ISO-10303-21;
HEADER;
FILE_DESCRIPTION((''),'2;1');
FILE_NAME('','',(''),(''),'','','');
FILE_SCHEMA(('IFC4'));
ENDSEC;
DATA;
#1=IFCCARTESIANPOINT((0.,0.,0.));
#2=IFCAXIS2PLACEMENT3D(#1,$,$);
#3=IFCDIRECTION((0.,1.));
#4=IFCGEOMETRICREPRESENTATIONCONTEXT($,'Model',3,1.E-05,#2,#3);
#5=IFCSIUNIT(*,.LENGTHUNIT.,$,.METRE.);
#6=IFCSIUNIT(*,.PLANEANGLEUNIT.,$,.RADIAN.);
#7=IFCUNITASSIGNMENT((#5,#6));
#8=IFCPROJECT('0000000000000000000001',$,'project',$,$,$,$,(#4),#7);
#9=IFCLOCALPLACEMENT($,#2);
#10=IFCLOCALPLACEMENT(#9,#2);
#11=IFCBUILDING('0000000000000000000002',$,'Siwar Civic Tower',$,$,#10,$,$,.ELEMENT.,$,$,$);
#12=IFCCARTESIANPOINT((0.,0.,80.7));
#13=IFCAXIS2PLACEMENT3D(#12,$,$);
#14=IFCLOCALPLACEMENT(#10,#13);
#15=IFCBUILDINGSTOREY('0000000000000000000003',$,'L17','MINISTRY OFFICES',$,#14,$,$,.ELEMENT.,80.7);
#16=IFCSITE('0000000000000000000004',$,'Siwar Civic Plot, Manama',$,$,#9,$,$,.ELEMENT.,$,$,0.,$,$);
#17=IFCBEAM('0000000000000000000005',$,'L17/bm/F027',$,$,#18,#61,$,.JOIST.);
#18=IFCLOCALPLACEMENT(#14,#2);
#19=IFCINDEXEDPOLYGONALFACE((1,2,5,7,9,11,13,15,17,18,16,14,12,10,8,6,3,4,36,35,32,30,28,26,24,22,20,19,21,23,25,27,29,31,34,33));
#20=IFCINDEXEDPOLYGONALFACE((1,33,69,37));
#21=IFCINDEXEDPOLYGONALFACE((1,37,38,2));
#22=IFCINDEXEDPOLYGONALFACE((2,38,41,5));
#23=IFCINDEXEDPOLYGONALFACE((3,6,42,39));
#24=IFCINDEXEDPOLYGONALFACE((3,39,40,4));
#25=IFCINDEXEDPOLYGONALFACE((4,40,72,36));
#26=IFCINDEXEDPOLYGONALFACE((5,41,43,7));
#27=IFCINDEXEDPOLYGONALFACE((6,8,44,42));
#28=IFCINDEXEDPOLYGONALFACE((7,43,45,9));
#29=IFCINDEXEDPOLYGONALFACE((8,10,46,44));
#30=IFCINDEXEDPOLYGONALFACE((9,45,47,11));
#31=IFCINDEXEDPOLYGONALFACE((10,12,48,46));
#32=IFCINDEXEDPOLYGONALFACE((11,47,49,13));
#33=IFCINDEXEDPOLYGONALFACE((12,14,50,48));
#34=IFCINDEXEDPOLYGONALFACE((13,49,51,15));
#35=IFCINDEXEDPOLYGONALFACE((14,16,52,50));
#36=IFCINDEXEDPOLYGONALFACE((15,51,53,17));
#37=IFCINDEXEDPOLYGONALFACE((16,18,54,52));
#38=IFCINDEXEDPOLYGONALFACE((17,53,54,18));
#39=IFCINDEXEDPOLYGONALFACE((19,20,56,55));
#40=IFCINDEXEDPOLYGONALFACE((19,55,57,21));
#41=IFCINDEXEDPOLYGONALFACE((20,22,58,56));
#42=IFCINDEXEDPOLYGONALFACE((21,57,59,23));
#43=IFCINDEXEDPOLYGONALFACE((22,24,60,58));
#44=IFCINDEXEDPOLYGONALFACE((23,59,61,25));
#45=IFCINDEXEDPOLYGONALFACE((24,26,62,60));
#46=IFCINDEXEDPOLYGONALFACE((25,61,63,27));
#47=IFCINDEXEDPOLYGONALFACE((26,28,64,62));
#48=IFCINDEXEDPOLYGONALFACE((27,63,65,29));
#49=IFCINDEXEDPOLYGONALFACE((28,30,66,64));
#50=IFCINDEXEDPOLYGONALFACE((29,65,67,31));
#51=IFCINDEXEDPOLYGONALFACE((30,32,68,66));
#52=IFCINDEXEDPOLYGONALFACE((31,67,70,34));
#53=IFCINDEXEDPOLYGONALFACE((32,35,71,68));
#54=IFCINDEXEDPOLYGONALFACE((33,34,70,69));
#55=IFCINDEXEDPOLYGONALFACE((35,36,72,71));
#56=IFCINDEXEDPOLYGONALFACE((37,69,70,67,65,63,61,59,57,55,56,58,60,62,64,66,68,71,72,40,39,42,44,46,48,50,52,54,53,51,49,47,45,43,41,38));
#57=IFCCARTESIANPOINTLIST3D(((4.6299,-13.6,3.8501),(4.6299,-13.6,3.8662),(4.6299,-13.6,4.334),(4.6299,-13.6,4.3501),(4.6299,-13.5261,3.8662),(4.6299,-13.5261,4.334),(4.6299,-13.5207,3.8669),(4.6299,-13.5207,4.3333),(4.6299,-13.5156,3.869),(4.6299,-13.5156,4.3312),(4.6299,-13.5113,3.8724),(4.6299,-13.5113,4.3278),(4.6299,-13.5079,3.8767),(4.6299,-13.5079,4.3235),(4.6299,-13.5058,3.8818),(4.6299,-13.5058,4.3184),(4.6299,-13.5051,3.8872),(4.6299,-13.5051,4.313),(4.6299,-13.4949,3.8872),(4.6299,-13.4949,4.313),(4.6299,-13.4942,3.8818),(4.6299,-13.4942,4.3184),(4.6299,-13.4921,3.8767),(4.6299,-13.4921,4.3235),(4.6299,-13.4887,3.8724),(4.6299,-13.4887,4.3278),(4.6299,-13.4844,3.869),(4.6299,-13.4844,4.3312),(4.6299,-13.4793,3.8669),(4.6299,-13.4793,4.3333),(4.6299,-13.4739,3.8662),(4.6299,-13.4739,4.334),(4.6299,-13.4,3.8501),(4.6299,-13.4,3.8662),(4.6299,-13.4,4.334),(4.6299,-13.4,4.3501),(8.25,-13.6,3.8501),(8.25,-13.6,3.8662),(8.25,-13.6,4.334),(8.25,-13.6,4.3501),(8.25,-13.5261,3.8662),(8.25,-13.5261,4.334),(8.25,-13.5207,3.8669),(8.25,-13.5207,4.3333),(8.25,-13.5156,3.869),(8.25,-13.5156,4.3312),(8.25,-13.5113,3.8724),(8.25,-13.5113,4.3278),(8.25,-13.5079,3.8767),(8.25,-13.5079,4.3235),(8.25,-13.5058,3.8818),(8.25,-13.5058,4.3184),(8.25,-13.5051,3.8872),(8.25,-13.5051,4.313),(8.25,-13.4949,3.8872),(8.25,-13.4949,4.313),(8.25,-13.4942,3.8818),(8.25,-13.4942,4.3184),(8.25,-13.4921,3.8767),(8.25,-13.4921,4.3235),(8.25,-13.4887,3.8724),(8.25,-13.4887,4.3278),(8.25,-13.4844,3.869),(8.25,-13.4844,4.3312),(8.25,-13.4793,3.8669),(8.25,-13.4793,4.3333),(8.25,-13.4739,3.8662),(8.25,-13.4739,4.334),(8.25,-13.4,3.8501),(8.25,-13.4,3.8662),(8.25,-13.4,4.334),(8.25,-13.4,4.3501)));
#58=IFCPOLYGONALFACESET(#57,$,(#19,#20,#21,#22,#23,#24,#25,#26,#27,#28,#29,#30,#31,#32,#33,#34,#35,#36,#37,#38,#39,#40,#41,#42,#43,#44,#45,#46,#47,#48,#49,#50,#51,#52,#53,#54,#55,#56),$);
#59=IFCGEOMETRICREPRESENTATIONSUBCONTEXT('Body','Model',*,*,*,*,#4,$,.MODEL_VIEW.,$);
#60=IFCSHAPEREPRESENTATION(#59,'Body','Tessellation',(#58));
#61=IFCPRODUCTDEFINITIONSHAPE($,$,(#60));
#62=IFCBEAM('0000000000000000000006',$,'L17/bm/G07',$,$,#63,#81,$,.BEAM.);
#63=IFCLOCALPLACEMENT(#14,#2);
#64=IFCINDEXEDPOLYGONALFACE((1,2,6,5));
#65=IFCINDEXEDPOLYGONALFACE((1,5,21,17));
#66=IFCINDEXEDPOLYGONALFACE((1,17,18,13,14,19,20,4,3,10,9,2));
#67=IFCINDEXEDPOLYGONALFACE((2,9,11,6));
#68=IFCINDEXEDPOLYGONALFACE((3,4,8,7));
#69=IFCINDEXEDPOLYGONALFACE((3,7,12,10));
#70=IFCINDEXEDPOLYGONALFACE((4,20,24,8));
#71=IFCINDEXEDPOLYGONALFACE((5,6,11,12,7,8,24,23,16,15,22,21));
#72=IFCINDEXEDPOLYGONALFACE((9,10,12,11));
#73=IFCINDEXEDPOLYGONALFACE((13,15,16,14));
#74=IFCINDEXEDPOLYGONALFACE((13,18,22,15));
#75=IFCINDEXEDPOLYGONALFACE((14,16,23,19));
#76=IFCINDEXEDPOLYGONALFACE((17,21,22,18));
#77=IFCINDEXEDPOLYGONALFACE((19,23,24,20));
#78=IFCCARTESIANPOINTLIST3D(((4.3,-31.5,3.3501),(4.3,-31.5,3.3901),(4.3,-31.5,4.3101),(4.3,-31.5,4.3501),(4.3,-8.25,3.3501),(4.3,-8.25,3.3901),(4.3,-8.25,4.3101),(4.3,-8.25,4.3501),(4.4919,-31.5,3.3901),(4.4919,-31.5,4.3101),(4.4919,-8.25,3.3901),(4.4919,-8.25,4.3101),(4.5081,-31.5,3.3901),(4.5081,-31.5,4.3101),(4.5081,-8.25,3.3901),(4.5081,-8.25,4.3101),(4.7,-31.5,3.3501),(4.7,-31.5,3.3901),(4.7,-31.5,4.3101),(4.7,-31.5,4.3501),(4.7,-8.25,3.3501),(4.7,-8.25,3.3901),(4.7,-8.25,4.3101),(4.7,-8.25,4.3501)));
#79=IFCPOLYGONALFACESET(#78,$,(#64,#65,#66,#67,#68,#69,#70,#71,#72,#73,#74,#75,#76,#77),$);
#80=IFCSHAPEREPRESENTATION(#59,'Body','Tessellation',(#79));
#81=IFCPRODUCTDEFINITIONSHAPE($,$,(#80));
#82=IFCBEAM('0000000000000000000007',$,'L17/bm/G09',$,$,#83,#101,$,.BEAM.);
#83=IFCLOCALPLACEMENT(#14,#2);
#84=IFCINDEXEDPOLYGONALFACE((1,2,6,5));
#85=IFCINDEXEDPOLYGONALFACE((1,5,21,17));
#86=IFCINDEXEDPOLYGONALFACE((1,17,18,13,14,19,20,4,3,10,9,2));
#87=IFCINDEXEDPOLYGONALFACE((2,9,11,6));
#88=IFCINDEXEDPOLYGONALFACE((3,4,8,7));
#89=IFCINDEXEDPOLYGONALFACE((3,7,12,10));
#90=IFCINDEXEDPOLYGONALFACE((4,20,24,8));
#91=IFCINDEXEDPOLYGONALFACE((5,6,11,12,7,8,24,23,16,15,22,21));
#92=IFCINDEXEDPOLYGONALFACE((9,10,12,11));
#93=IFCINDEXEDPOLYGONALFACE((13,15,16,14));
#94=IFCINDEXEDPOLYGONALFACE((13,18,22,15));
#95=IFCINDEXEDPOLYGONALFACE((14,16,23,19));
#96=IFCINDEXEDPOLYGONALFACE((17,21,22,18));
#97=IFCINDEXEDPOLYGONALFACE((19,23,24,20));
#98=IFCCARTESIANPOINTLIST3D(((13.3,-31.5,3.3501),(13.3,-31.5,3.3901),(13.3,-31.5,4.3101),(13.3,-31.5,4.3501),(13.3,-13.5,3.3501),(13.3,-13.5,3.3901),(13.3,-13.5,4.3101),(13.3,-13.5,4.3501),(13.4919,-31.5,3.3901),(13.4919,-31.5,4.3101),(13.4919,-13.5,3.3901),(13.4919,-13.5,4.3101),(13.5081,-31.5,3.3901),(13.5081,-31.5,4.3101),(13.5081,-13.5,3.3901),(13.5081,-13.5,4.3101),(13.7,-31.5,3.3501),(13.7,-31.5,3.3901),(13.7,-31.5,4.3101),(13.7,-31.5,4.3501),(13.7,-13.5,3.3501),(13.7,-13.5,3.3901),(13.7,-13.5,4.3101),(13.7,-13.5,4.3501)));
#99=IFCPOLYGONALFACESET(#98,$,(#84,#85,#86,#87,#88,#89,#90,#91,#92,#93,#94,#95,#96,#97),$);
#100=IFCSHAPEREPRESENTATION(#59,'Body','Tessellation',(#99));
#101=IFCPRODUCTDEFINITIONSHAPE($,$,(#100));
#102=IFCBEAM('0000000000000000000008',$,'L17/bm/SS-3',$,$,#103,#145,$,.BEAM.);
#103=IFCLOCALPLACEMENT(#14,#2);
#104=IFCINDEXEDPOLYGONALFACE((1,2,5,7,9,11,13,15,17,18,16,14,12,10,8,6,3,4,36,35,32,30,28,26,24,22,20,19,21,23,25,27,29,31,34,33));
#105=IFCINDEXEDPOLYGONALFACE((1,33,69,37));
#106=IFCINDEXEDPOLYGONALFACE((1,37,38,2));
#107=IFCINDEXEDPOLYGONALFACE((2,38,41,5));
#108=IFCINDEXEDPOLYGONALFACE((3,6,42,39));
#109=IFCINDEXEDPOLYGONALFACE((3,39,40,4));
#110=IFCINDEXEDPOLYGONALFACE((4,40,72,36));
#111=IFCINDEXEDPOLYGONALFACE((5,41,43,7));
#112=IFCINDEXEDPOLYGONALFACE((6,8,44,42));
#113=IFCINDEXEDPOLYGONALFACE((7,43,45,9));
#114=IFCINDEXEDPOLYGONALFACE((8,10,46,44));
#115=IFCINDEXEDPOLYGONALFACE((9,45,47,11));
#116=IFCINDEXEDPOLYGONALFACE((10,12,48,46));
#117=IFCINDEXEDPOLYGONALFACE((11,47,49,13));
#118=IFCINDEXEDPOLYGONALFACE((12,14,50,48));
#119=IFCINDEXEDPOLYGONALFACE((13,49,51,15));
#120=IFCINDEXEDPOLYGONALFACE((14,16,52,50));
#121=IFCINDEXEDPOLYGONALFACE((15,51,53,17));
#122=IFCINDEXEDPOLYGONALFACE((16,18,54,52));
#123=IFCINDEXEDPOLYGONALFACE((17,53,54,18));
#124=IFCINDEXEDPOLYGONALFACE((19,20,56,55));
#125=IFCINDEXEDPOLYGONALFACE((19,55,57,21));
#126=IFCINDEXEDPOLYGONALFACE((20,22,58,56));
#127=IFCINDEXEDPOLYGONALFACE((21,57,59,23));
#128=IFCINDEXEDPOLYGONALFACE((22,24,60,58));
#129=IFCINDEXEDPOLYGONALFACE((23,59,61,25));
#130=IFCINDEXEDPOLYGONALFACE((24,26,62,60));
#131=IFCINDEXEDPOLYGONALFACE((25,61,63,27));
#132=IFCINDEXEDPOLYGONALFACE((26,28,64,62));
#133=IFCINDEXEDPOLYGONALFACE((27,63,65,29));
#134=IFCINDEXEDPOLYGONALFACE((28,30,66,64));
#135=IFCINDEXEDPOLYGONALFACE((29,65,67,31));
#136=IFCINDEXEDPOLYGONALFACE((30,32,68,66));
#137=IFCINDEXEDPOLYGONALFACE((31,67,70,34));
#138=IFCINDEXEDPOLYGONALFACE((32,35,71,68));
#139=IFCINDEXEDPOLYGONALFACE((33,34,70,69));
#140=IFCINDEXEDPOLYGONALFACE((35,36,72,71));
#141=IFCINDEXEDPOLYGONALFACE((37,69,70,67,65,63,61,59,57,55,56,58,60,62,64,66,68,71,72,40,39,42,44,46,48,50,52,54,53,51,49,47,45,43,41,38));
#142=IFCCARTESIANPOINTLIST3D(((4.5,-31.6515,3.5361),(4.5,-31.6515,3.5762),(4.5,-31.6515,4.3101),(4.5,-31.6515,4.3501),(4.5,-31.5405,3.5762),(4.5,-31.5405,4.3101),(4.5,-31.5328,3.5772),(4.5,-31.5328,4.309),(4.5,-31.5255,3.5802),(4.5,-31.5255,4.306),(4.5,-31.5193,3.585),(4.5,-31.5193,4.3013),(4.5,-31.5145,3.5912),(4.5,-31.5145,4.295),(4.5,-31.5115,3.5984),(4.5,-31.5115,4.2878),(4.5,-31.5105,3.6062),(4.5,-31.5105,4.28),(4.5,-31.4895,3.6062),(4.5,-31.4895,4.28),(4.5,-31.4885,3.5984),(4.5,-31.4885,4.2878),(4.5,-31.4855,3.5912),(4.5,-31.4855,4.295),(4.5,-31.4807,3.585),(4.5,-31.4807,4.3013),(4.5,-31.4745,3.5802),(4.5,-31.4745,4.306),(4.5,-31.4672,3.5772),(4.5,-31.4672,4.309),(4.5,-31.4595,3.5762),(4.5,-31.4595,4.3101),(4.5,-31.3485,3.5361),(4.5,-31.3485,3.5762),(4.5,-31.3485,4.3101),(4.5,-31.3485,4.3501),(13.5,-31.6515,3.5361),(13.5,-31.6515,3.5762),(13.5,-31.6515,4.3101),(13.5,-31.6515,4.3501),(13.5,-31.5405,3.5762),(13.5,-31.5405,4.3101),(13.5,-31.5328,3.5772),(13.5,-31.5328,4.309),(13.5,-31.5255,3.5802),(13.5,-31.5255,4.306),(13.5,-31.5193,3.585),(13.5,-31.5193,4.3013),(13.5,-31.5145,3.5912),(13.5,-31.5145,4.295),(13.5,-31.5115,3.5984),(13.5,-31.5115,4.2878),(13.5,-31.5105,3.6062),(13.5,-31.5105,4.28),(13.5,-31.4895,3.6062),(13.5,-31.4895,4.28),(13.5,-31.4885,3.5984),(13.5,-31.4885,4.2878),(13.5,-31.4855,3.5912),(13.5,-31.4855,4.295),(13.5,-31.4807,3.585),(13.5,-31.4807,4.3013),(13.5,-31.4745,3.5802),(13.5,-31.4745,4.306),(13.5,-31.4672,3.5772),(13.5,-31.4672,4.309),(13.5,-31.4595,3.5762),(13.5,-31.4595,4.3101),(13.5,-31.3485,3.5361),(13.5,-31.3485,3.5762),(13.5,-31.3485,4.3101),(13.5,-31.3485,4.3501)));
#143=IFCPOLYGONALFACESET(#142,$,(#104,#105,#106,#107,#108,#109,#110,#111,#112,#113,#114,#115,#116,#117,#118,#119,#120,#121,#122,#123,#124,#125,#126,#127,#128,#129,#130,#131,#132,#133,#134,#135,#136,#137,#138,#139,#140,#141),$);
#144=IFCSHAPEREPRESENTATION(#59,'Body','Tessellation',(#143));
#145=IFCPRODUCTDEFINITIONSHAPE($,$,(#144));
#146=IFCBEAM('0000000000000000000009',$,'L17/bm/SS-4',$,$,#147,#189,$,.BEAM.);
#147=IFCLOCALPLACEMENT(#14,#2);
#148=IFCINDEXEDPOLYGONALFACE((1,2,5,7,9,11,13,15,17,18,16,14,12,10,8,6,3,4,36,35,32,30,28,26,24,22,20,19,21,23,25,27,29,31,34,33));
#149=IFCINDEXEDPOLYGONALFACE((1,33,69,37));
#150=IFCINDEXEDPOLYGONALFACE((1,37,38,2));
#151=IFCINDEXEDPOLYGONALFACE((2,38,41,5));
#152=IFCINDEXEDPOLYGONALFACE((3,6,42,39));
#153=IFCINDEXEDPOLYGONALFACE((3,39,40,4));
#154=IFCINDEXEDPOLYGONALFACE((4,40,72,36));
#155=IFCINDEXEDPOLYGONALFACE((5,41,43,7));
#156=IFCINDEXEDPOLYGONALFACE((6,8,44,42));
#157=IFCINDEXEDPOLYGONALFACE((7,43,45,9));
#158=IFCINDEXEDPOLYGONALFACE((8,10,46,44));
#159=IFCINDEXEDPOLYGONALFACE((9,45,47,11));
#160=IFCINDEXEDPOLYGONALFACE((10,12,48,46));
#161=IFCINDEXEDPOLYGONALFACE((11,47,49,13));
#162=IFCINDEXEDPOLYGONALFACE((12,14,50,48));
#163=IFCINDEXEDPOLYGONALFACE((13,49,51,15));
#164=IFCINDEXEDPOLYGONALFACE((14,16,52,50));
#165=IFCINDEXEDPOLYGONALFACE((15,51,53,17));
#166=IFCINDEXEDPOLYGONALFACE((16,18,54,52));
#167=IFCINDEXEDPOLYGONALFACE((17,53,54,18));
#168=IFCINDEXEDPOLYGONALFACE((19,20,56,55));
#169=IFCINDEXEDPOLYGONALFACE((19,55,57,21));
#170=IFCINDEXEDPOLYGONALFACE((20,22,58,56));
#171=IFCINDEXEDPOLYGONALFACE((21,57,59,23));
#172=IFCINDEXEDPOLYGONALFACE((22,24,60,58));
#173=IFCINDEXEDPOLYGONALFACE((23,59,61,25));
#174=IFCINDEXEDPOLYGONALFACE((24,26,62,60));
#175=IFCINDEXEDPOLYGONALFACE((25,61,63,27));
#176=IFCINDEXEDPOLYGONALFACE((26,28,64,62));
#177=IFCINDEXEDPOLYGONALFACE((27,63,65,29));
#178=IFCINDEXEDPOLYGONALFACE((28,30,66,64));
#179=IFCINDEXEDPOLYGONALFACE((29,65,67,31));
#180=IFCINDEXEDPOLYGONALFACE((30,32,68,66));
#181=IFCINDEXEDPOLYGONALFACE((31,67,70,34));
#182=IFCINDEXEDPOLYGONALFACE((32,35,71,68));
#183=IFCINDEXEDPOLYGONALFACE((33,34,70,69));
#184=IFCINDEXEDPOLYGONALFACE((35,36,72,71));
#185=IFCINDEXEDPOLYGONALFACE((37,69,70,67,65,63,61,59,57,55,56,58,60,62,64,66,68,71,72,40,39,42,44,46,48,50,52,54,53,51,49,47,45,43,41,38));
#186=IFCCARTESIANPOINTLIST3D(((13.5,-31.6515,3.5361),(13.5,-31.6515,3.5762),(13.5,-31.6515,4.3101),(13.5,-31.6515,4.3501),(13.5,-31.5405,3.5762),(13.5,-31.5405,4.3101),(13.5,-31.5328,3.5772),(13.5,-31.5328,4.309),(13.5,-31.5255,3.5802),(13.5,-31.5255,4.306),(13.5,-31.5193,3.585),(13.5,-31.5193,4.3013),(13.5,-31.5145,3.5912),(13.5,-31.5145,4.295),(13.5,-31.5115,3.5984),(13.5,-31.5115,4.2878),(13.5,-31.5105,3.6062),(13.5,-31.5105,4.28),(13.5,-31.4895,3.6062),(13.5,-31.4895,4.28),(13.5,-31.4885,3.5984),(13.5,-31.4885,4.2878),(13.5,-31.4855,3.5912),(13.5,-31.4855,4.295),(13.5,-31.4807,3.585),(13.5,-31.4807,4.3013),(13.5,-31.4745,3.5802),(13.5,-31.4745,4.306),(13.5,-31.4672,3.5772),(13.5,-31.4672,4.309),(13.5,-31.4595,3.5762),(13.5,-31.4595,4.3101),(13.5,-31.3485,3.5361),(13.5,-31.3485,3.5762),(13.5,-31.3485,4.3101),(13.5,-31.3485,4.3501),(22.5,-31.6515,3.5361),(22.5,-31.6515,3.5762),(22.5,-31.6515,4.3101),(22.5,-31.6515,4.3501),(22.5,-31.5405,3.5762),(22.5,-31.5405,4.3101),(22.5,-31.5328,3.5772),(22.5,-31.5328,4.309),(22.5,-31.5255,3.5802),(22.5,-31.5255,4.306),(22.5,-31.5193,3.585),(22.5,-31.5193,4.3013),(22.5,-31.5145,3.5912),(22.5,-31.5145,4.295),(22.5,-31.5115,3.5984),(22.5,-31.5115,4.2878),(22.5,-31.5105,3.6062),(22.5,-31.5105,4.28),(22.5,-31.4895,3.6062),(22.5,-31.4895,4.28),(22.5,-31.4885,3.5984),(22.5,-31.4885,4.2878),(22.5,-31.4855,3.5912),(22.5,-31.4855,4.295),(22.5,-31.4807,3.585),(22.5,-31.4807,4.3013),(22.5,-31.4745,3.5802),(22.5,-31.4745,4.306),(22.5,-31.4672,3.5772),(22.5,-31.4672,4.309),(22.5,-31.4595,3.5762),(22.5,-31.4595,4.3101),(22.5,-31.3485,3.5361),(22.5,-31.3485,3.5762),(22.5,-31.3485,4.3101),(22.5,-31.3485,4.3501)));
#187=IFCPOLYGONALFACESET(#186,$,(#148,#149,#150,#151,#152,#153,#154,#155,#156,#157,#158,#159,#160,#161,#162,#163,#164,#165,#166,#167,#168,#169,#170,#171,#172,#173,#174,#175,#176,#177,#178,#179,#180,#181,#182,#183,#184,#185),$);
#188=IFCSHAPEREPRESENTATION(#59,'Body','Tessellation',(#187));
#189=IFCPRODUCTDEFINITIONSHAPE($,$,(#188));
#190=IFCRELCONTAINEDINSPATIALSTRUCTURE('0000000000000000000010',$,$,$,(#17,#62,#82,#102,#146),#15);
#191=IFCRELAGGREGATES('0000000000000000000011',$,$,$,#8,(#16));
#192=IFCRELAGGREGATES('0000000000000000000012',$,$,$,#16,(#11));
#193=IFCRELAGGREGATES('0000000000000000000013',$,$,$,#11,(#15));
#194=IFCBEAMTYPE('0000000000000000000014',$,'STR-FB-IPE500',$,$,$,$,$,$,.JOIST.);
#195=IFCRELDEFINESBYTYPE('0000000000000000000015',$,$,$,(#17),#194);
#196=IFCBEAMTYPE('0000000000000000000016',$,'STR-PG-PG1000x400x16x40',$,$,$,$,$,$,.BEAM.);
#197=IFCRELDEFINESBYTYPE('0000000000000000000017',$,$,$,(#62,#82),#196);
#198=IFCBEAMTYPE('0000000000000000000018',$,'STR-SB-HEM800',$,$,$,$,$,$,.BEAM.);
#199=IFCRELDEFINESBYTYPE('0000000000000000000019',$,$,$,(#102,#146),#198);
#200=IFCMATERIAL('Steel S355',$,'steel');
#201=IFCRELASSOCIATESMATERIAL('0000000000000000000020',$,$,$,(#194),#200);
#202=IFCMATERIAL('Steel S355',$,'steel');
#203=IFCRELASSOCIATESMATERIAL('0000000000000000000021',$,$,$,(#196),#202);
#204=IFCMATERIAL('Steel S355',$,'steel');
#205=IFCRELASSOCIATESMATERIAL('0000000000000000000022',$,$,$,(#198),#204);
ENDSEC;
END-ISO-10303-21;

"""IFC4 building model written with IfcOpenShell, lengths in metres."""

from ifc_helpers import new_model, si_unit, direction, frame, origin, origin_2d, place, context, subcontext, project, spatial, i_section, extrude, material, material_profile, profile_set, type_object, element, save


model = new_model("IFC4")

# Units and contexts
model_context = context("Model", 3, precision=1e-05, world=origin(), true_north=direction((0.0, 1.0)))
body_context = subcontext(model_context, "Body", "Model", "MODEL_VIEW")
ifc_project = project(units=[si_unit("LENGTHUNIT", "METRE"), si_unit("PLANEANGLEUNIT", "RADIAN")], contexts=[model_context])

# Site, building, storey
site_placement = place(None, origin())
site = spatial("IfcSite", under=ifc_project, at=site_placement, Name="Siwar Civic Plot, Manama", CompositionType="ELEMENT", RefElevation=0.0)
building_placement = place(site_placement, origin())
building = spatial("IfcBuilding", under=site, at=building_placement, Name="Siwar Civic Tower", CompositionType="ELEMENT")
storey_placement = place(building_placement, frame((0.0, 0.0, 80.7)))
storey = spatial("IfcBuildingStorey", under=building, at=storey_placement, Name="L17", Description="MINISTRY OFFICES", CompositionType="ELEMENT", Elevation=80.7)

# Beams
ifc_material_1 = material(Name="Steel S355", Category="steel")
ifc_material_profile_1 = material_profile(ifc_material_1, i_section(OverallWidth=0.2, OverallDepth=0.5, WebThickness=0.0103, FlangeThickness=0.0161, FilletRadius=0.021, at=origin_2d()), Name="IPE500")
ifc_profile_set_1 = profile_set([ifc_material_profile_1], Name="Steel S355")
beam_type_1 = type_object("IfcBeamType", Name="STR-FB-IPE500", PredefinedType="JOIST", material=ifc_profile_set_1)
beam_1_placement = place(storey_placement, frame((4.6299, -13.5, 4.1001), z_axis=(1.0, 0.0, 0.0), x_axis=(0.0, 1.0, 0.0)))
element("IfcBeam", 1, at=beam_1_placement, inside=storey, type_object=beam_type_1, Name="L17/bm/F027", PredefinedType="JOIST", context=body_context, shape_type="SweptSolid", body=[
    extrude(i_section(OverallWidth=0.2, OverallDepth=0.5, WebThickness=0.0103, FlangeThickness=0.0161, FilletRadius=0.021, at=origin_2d()), origin(), (0.0, 0.0, 1.0), 3.6201),
])
ifc_material_2 = material(Name="Steel S355", Category="steel")
ifc_material_profile_2 = material_profile(ifc_material_2, i_section(OverallWidth=0.3999, OverallDepth=1.0, WebThickness=0.0161, FlangeThickness=0.04, at=origin_2d()), Name="PG1000x400x16x40")
ifc_profile_set_2 = profile_set([ifc_material_profile_2], Name="Steel S355")
beam_type_2 = type_object("IfcBeamType", Name="STR-PG-PG1000x400x16x40", PredefinedType="BEAM", material=ifc_profile_set_2)
beam_2_placement = place(storey_placement, frame((4.5, -31.5, 3.8501), z_axis=(0.0, 1.0, 0.0), x_axis=(-1.0, 0.0, 0.0)))
element("IfcBeam", 2, at=beam_2_placement, inside=storey, type_object=beam_type_2, Name="L17/bm/G07", PredefinedType="BEAM", context=body_context, shape_type="SweptSolid", body=[
    extrude(i_section(OverallWidth=0.3999, OverallDepth=1.0, WebThickness=0.0161, FlangeThickness=0.04, at=origin_2d()), origin(), (0.0, 0.0, 1.0), 23.25),
])
beam_3_placement = place(storey_placement, frame((13.5, -31.5, 3.8501), z_axis=(0.0, 1.0, 0.0), x_axis=(-1.0, 0.0, 0.0)))
element("IfcBeam", 3, at=beam_3_placement, inside=storey, type_object=beam_type_2, Name="L17/bm/G09", PredefinedType="BEAM", context=body_context, shape_type="SweptSolid", body=[
    extrude(i_section(OverallWidth=0.3999, OverallDepth=1.0, WebThickness=0.0161, FlangeThickness=0.04, at=origin_2d()), origin(), (0.0, 0.0, 1.0), 18.0),
])
ifc_material_3 = material(Name="Steel S355", Category="steel")
ifc_material_profile_3 = material_profile(ifc_material_3, i_section(OverallWidth=0.303, OverallDepth=0.814, WebThickness=0.021, FlangeThickness=0.04, FilletRadius=0.03, at=origin_2d()), Name="HEM800")
ifc_profile_set_3 = profile_set([ifc_material_profile_3], Name="Steel S355")
beam_type_3 = type_object("IfcBeamType", Name="STR-SB-HEM800", PredefinedType="BEAM", material=ifc_profile_set_3)
for number, where, z_axis, x_axis, name in (
    (4, (4.5, -31.5, 3.9431), (1.0, 0.0, 0.0), (0.0, 1.0, 0.0), "L17/bm/SS-3"),
    (5, (13.5, -31.5, 3.9431), (1.0, 0.0, 0.0), (0.0, 1.0, 0.0), "L17/bm/SS-4"),
):
    element("IfcBeam", number, at=place(storey_placement, frame(where, z_axis=z_axis, x_axis=x_axis)), inside=storey, type_object=beam_type_3, Name=name, PredefinedType="BEAM", context=body_context, shape_type="SweptSolid", body=[
        extrude(i_section(OverallWidth=0.303, OverallDepth=0.814, WebThickness=0.021, FlangeThickness=0.04, FilletRadius=0.03, at=origin_2d()), origin(), (0.0, 0.0, 1.0), 9.0),
    ])

save(model, "model.ifc")
